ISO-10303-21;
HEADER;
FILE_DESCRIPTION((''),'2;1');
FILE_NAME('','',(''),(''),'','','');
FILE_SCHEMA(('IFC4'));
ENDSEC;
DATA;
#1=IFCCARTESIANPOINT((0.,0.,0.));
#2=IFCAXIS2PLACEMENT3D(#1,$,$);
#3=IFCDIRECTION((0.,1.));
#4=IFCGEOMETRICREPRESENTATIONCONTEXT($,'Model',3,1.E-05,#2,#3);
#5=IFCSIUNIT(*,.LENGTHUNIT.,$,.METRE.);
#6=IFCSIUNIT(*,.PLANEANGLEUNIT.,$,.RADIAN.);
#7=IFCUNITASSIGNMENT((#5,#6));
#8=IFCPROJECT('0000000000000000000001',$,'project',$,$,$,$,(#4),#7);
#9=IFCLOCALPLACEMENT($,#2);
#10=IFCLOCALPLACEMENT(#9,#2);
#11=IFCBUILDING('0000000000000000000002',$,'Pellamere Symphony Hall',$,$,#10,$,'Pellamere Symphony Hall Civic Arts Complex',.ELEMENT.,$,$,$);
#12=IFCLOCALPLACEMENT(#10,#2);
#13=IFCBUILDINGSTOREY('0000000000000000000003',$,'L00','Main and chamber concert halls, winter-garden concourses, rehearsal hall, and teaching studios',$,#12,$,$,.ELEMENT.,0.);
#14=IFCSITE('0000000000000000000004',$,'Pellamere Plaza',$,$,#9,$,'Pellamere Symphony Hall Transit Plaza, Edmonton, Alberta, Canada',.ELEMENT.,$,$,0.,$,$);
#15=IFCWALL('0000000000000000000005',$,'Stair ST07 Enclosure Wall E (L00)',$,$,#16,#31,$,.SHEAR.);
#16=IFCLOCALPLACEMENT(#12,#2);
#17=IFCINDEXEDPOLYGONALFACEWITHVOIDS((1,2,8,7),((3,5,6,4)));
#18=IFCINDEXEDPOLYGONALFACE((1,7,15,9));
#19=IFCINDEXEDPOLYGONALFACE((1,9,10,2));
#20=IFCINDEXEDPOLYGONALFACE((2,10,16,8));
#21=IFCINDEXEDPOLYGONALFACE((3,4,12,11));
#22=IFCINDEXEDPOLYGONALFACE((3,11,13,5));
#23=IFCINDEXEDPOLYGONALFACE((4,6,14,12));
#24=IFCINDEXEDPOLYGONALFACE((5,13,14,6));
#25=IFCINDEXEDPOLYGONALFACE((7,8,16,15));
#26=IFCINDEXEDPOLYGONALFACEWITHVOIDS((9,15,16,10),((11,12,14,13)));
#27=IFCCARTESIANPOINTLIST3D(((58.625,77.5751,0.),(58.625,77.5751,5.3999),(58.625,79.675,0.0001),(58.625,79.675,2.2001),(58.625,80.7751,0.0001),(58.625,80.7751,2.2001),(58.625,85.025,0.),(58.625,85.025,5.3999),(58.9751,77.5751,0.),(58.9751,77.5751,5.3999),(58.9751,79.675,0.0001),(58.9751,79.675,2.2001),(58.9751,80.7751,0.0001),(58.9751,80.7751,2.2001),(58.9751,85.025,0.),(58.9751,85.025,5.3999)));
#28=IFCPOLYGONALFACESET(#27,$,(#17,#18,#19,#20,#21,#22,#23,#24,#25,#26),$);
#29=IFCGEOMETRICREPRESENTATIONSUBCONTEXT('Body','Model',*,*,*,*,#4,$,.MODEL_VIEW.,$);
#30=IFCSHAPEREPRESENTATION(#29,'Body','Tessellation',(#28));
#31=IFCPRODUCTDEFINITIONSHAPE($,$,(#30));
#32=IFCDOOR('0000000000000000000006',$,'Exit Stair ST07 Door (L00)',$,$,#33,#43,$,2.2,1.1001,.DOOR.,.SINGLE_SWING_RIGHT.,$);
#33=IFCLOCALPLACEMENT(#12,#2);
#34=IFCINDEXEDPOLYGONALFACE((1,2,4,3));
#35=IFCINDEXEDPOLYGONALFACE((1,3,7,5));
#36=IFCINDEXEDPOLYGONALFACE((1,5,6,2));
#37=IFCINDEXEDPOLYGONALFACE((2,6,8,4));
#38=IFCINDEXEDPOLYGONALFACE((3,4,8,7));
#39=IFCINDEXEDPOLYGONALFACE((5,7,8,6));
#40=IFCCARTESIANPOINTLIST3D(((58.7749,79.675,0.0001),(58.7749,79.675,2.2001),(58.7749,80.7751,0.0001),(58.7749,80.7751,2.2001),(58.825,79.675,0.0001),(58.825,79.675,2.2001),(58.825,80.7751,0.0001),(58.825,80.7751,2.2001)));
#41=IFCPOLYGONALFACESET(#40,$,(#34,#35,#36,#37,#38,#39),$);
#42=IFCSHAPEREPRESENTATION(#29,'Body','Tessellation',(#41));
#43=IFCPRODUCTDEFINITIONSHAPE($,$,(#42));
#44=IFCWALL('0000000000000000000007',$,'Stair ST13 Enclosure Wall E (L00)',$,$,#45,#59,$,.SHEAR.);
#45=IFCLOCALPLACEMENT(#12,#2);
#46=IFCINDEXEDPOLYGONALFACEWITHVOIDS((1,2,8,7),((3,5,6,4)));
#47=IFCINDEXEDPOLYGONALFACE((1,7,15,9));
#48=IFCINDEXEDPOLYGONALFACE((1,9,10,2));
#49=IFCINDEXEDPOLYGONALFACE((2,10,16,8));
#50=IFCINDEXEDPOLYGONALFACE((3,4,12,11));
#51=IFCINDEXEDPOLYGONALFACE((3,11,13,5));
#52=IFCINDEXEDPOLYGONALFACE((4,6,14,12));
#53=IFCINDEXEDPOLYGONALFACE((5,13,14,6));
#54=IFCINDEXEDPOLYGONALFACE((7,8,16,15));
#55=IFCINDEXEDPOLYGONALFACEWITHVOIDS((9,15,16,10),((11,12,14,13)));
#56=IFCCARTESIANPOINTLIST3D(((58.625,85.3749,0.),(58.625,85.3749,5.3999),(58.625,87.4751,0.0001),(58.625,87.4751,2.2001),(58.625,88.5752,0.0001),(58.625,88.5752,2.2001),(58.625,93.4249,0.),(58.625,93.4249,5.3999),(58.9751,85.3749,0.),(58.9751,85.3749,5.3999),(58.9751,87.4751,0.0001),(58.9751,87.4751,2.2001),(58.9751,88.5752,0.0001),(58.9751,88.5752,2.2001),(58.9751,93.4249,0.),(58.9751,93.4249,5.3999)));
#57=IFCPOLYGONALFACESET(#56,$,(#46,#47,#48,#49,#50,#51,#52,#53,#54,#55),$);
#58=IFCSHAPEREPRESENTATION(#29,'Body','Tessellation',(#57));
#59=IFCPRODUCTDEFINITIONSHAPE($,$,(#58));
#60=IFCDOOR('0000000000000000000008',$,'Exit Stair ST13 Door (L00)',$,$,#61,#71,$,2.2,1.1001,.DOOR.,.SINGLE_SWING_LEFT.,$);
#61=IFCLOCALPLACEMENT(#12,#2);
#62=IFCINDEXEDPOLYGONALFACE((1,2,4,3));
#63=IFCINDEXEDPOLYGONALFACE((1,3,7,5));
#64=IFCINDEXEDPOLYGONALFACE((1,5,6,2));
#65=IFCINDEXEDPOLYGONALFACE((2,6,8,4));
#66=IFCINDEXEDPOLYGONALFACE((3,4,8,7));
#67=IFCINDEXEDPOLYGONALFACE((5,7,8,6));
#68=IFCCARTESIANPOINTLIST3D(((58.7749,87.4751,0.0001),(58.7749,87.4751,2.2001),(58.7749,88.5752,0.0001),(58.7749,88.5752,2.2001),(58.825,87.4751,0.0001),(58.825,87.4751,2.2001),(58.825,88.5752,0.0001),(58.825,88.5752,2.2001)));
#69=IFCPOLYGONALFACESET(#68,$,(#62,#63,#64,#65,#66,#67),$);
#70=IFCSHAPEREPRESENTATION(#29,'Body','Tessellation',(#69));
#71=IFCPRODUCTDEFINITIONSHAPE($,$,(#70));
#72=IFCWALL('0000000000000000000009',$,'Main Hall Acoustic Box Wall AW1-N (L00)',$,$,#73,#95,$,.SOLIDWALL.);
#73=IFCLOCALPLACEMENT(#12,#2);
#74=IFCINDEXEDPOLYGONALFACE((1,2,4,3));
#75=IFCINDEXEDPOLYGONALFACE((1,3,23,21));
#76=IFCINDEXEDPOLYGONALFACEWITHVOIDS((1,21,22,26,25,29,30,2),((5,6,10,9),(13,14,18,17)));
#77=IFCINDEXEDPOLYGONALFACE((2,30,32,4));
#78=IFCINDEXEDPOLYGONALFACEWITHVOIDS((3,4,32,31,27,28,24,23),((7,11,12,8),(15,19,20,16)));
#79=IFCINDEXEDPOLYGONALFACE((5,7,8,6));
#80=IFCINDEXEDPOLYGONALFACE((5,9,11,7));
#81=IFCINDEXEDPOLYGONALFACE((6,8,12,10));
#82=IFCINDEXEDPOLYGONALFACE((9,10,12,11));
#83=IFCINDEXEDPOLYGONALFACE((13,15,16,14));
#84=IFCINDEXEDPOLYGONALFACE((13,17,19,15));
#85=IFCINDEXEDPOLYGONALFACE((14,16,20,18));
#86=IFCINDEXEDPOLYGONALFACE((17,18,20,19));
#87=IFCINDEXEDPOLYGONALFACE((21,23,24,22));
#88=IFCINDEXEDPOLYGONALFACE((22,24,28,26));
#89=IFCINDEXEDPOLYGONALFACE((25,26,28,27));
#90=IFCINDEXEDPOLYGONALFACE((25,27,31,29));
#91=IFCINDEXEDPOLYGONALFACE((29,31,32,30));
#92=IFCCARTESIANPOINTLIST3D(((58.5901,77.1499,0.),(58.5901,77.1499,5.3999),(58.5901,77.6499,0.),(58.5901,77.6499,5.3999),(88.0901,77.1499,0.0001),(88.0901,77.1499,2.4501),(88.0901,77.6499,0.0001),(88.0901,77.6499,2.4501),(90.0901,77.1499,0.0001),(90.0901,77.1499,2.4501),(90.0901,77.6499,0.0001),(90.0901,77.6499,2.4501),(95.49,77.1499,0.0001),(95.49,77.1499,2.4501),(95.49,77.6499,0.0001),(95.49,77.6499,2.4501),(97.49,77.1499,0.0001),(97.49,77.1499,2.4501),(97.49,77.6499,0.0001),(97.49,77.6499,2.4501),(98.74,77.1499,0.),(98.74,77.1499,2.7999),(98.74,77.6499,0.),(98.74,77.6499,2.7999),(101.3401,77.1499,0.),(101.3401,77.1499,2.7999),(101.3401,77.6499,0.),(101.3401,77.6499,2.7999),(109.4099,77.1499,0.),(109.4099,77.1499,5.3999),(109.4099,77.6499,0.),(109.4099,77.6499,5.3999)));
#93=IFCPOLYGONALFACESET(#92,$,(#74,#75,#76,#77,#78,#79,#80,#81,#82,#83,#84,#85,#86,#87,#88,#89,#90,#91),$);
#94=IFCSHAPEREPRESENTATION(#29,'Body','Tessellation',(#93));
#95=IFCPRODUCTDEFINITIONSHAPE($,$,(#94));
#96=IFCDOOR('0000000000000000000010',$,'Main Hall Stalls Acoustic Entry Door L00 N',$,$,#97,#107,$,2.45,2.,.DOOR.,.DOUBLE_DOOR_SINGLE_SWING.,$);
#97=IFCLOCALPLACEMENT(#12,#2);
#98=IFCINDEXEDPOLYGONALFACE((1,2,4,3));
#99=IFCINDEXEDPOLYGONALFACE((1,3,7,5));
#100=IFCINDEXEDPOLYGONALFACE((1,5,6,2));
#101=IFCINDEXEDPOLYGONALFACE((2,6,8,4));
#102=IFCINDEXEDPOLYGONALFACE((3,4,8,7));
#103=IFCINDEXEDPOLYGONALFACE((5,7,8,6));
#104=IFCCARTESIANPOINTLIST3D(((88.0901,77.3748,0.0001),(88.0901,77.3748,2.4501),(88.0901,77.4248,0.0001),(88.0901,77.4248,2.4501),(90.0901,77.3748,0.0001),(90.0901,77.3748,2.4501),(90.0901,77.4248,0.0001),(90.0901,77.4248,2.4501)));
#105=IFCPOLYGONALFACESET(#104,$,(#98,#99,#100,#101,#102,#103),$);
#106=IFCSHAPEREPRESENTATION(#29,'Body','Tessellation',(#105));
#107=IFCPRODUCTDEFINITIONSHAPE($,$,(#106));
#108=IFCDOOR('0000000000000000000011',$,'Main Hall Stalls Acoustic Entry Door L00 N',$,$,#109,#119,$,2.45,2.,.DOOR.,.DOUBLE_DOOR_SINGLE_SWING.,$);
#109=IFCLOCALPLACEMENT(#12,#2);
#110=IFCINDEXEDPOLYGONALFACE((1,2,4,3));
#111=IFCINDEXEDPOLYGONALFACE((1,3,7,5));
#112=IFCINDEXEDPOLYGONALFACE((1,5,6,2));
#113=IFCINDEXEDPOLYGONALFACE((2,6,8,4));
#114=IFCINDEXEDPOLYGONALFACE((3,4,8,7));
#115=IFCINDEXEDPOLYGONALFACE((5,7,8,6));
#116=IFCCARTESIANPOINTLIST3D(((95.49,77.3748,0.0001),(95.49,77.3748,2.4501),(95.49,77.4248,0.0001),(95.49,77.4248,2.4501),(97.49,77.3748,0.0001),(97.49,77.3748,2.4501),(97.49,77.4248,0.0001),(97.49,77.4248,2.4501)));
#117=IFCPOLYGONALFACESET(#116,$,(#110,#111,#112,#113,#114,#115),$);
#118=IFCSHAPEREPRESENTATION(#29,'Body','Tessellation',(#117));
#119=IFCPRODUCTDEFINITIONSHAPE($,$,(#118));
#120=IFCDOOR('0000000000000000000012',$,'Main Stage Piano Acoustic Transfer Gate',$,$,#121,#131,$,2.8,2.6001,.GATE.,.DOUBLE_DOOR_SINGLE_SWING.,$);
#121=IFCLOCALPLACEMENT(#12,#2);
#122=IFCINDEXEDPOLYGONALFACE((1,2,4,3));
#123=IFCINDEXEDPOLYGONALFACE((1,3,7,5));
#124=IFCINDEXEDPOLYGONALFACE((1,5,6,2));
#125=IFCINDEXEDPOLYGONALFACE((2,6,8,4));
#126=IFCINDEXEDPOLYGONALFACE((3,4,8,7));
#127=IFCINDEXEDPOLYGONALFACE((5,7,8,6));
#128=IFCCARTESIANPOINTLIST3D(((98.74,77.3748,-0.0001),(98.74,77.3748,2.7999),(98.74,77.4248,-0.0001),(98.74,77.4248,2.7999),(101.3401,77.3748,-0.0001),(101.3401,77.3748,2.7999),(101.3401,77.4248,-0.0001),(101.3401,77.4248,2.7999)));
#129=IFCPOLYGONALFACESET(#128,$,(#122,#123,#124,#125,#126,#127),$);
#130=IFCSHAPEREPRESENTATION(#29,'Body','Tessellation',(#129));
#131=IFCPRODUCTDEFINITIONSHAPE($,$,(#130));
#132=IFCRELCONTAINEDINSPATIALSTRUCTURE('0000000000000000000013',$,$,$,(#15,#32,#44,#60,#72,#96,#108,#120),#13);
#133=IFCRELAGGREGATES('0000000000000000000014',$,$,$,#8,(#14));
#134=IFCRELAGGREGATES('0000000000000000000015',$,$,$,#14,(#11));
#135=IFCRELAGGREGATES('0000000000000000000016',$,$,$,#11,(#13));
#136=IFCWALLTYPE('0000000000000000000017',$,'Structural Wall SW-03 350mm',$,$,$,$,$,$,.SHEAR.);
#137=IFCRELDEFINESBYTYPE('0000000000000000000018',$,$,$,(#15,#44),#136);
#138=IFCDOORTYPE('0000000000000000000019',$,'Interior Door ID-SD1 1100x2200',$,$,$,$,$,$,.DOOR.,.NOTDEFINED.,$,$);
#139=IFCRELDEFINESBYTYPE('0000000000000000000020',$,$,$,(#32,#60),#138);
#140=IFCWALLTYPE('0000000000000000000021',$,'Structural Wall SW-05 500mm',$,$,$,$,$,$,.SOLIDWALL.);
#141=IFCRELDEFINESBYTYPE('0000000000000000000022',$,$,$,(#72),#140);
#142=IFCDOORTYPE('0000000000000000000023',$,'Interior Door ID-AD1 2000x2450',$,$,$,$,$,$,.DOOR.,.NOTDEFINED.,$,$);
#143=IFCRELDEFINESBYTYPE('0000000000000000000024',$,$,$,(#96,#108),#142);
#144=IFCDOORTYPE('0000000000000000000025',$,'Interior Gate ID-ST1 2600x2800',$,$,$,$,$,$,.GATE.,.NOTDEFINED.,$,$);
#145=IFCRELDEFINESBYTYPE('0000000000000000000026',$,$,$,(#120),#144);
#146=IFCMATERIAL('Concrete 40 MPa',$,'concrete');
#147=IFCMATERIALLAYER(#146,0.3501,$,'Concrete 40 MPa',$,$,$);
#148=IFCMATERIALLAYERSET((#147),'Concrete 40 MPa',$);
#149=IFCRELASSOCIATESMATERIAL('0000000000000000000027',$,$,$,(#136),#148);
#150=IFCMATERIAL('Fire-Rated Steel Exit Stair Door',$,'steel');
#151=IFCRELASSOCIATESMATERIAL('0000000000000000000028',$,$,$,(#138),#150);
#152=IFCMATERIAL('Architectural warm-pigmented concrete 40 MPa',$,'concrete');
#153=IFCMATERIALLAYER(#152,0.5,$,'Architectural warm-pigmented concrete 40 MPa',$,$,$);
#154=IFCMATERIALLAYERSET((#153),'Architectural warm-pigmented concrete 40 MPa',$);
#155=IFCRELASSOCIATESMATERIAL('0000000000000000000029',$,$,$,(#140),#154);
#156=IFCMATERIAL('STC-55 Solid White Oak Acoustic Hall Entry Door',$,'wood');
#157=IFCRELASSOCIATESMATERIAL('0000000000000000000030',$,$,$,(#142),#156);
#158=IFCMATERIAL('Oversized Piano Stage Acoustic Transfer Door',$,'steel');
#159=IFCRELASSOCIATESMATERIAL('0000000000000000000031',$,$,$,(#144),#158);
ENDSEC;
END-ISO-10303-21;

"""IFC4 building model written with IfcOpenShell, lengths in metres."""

from ifc_helpers import new_model, si_unit, direction, frame, frame_2d, origin, place, context, subcontext, project, spatial, rectangle, extrude, material, layer, layer_set, type_object, element, fill, save


model = new_model("IFC4")

# Units and contexts
model_context = context("Model", 3, precision=1e-05, world=origin(), true_north=direction((0.0, 1.0)))
body_context = subcontext(model_context, "Body", "Model", "MODEL_VIEW")
ifc_project = project(units=[si_unit("LENGTHUNIT", "METRE"), si_unit("PLANEANGLEUNIT", "RADIAN")], contexts=[model_context])

# Site, building, storey
site_placement = place(None, origin())
site = spatial("IfcSite", under=ifc_project, at=site_placement, Name="Pellamere Plaza", LongName="Pellamere Symphony Hall Transit Plaza, Edmonton, Alberta, Canada", CompositionType="ELEMENT", RefElevation=0.0)
building_placement = place(site_placement, origin())
building = spatial("IfcBuilding", under=site, at=building_placement, Name="Pellamere Symphony Hall", LongName="Pellamere Symphony Hall Civic Arts Complex", CompositionType="ELEMENT")
storey_placement = place(building_placement, origin())
storey = spatial("IfcBuildingStorey", under=building, at=storey_placement, Name="L00", Description="Main and chamber concert halls, winter-garden concourses, rehearsal hall, and teaching studios", CompositionType="ELEMENT", Elevation=0.0)

# Shared definitions
ifc_material_1 = material(Name="Concrete 40 MPa", Category="concrete")

# Walls, openings, doors
ifc_layer_1 = layer(ifc_material_1, 0.3501, Name="Concrete 40 MPa")
ifc_layer_set_1 = layer_set([ifc_layer_1], Name="Concrete 40 MPa")
wall_type_1 = type_object("IfcWallType", Name="Structural Wall SW-03 350mm", PredefinedType="SHEAR", material=ifc_layer_set_1)
wall_1_placement = place(storey_placement, frame((58.8, 77.575, 0.0), z_axis=(0.0, 0.0, 1.0), x_axis=(0.0, 1.0, 0.0)))
wall_1 = element("IfcWall", 1, at=wall_1_placement, inside=storey, type_object=wall_type_1, Name="Stair ST07 Enclosure Wall E (L00)", PredefinedType="SHEAR", context=body_context, shape_type="SweptSolid", body=[
    extrude(rectangle(XDim=7.45, YDim=0.3501, at=frame_2d((3.7251, 0.0))), origin(), (0.0, 0.0, 1.0), 5.3999),
])
opening_1_placement = place(wall_1_placement, frame((2.1001, 0.0, 0.0)))
opening_1 = element("IfcOpeningElement", 2, at=opening_1_placement, cuts=wall_1, PredefinedType="OPENING", context=body_context, shape_type="SweptSolid", body=[
    extrude(rectangle(XDim=1.1001, YDim=2.2, at=frame_2d((0.55, 1.1001))), frame((0.0, 0.1851, 0.0), z_axis=(0.0, -1.0, 0.0), x_axis=(1.0, 0.0, 0.0)), (0.0, 0.0, 1.0), 0.3701),
])
ifc_material_2 = material(Name="Fire-Rated Steel Exit Stair Door", Category="steel")
door_type_1 = type_object("IfcDoorType", Name="Interior Door ID-SD1 1100x2200", OperationType="NOTDEFINED", PredefinedType="DOOR", material=ifc_material_2)
door_1_placement = place(opening_1_placement, frame((1.1001, 0.0, 0.0), z_axis=(0.0, 0.0, 1.0), x_axis=(-1.0, 0.0, 0.0)))
door_1 = element("IfcDoor", 3, at=door_1_placement, inside=storey, type_object=door_type_1, Name="Exit Stair ST07 Door (L00)", OperationType="SINGLE_SWING_RIGHT", OverallHeight=2.2, OverallWidth=1.1001, PredefinedType="DOOR", context=body_context, shape_type="SweptSolid", body=[
    extrude(rectangle(XDim=1.1001, YDim=2.2, at=frame_2d((0.55, 1.1001))), frame((0.0, 0.0249, 0.0), z_axis=(0.0, -1.0, 0.0), x_axis=(1.0, 0.0, 0.0)), (0.0, 0.0, 1.0), 0.05),
])
fill(opening_1, door_1)
wall_2_placement = place(storey_placement, frame((58.8, 85.375, 0.0), z_axis=(0.0, 0.0, 1.0), x_axis=(0.0, 1.0, 0.0)))
wall_2 = element("IfcWall", 4, at=wall_2_placement, inside=storey, type_object=wall_type_1, Name="Stair ST13 Enclosure Wall E (L00)", PredefinedType="SHEAR", context=body_context, shape_type="SweptSolid", body=[
    extrude(rectangle(XDim=8.05, YDim=0.3501, at=frame_2d((4.0249, 0.0))), origin(), (0.0, 0.0, 1.0), 5.3999),
])
opening_2_placement = place(wall_2_placement, frame((2.1001, 0.0, 0.0)))
opening_2 = element("IfcOpeningElement", 5, at=opening_2_placement, cuts=wall_2, PredefinedType="OPENING", context=body_context, shape_type="SweptSolid", body=[
    extrude(rectangle(XDim=1.1001, YDim=2.2, at=frame_2d((0.55, 1.1001))), frame((0.0, 0.1851, 0.0), z_axis=(0.0, -1.0, 0.0), x_axis=(1.0, 0.0, 0.0)), (0.0, 0.0, 1.0), 0.3701),
])
door_2_placement = place(opening_2_placement, frame((1.1001, 0.0, 0.0), z_axis=(0.0, 0.0, 1.0), x_axis=(-1.0, 0.0, 0.0)))
door_2 = element("IfcDoor", 6, at=door_2_placement, inside=storey, type_object=door_type_1, Name="Exit Stair ST13 Door (L00)", OperationType="SINGLE_SWING_LEFT", OverallHeight=2.2, OverallWidth=1.1001, PredefinedType="DOOR", context=body_context, shape_type="SweptSolid", body=[
    extrude(rectangle(XDim=1.1001, YDim=2.2, at=frame_2d((0.55, 1.1001))), frame((0.0, 0.0249, 0.0), z_axis=(0.0, -1.0, 0.0), x_axis=(1.0, 0.0, 0.0)), (0.0, 0.0, 1.0), 0.05),
])
fill(opening_2, door_2)

# Wall, openings, doors
ifc_material_3 = material(Name="Architectural warm-pigmented concrete 40 MPa", Category="concrete")
ifc_layer_2 = layer(ifc_material_3, 0.5, Name="Architectural warm-pigmented concrete 40 MPa")
ifc_layer_set_2 = layer_set([ifc_layer_2], Name="Architectural warm-pigmented concrete 40 MPa")
wall_type_2 = type_object("IfcWallType", Name="Structural Wall SW-05 500mm", PredefinedType="SOLIDWALL", material=ifc_layer_set_2)
wall_3_placement = place(storey_placement, frame((58.5901, 77.3999, 0.0), z_axis=(0.0, 0.0, 1.0), x_axis=(1.0, 0.0, 0.0)))
wall_3 = element("IfcWall", 7, at=wall_3_placement, inside=storey, type_object=wall_type_2, Name="Main Hall Acoustic Box Wall AW1-N (L00)", PredefinedType="SOLIDWALL", context=body_context, shape_type="SweptSolid", body=[
    extrude(rectangle(XDim=50.8198, YDim=0.5, at=frame_2d((25.4099, 0.0))), origin(), (0.0, 0.0, 1.0), 5.3999),
])
opening_3_placement = place(wall_3_placement, frame((29.5, 0.0, 0.0)))
opening_3 = element("IfcOpeningElement", 8, at=opening_3_placement, cuts=wall_3, PredefinedType="OPENING", context=body_context, shape_type="SweptSolid", body=[
    extrude(rectangle(XDim=2.0, YDim=2.45, at=frame_2d((1.0, 1.2251))), frame((0.0, 0.26, 0.0), z_axis=(0.0, -1.0, 0.0), x_axis=(1.0, 0.0, 0.0)), (0.0, 0.0, 1.0), 0.52),
])
opening_4_placement = place(wall_3_placement, frame((36.8999, 0.0, 0.0)))
opening_4 = element("IfcOpeningElement", 9, at=opening_4_placement, cuts=wall_3, PredefinedType="OPENING", context=body_context, shape_type="SweptSolid", body=[
    extrude(rectangle(XDim=2.0, YDim=2.45, at=frame_2d((1.0, 1.2251))), frame((0.0, 0.26, 0.0), z_axis=(0.0, -1.0, 0.0), x_axis=(1.0, 0.0, 0.0)), (0.0, 0.0, 1.0), 0.52),
])
opening_5_placement = place(wall_3_placement, frame((40.1499, 0.0, 0.0)))
opening_5 = element("IfcOpeningElement", 10, at=opening_5_placement, cuts=wall_3, PredefinedType="OPENING", context=body_context, shape_type="SweptSolid", body=[
    extrude(rectangle(XDim=2.6001, YDim=2.8, at=frame_2d((1.3, 1.3999))), frame((0.0, 0.26, 0.0), z_axis=(0.0, -1.0, 0.0), x_axis=(1.0, 0.0, 0.0)), (0.0, 0.0, 1.0), 0.52),
])
ifc_material_4 = material(Name="STC-55 Solid White Oak Acoustic Hall Entry Door", Category="wood")
door_type_2 = type_object("IfcDoorType", Name="Interior Door ID-AD1 2000x2450", OperationType="NOTDEFINED", PredefinedType="DOOR", material=ifc_material_4)
door_3_placement = place(opening_3_placement, origin())
door_3 = element("IfcDoor", 11, at=door_3_placement, inside=storey, type_object=door_type_2, Name="Main Hall Stalls Acoustic Entry Door L00 N", OperationType="DOUBLE_DOOR_SINGLE_SWING", OverallHeight=2.45, OverallWidth=2.0, PredefinedType="DOOR", context=body_context, shape_type="SweptSolid", body=[
    extrude(rectangle(XDim=2.0, YDim=2.45, at=frame_2d((1.0, 1.2251))), frame((0.0, 0.0249, 0.0), z_axis=(0.0, -1.0, 0.0), x_axis=(1.0, 0.0, 0.0)), (0.0, 0.0, 1.0), 0.05),
])
fill(opening_3, door_3)
door_4_placement = place(opening_4_placement, origin())
door_4 = element("IfcDoor", 12, at=door_4_placement, inside=storey, type_object=door_type_2, Name="Main Hall Stalls Acoustic Entry Door L00 N", OperationType="DOUBLE_DOOR_SINGLE_SWING", OverallHeight=2.45, OverallWidth=2.0, PredefinedType="DOOR", context=body_context, shape_type="SweptSolid", body=[
    extrude(rectangle(XDim=2.0, YDim=2.45, at=frame_2d((1.0, 1.2251))), frame((0.0, 0.0249, 0.0), z_axis=(0.0, -1.0, 0.0), x_axis=(1.0, 0.0, 0.0)), (0.0, 0.0, 1.0), 0.05),
])
fill(opening_4, door_4)
ifc_material_5 = material(Name="Oversized Piano Stage Acoustic Transfer Door", Category="steel")
door_type_3 = type_object("IfcDoorType", Name="Interior Gate ID-ST1 2600x2800", OperationType="NOTDEFINED", PredefinedType="GATE", material=ifc_material_5)
door_5_placement = place(opening_5_placement, origin())
door_5 = element("IfcDoor", 13, at=door_5_placement, inside=storey, type_object=door_type_3, Name="Main Stage Piano Acoustic Transfer Gate", OperationType="DOUBLE_DOOR_SINGLE_SWING", OverallHeight=2.8, OverallWidth=2.6001, PredefinedType="GATE", context=body_context, shape_type="SweptSolid", body=[
    extrude(rectangle(XDim=2.6001, YDim=2.8, at=frame_2d((1.3, 1.3999))), frame((0.0, 0.0249, 0.0), z_axis=(0.0, -1.0, 0.0), x_axis=(1.0, 0.0, 0.0)), (0.0, 0.0, 1.0), 0.05),
])
fill(opening_5, door_5)

save(model, "model.ifc")
